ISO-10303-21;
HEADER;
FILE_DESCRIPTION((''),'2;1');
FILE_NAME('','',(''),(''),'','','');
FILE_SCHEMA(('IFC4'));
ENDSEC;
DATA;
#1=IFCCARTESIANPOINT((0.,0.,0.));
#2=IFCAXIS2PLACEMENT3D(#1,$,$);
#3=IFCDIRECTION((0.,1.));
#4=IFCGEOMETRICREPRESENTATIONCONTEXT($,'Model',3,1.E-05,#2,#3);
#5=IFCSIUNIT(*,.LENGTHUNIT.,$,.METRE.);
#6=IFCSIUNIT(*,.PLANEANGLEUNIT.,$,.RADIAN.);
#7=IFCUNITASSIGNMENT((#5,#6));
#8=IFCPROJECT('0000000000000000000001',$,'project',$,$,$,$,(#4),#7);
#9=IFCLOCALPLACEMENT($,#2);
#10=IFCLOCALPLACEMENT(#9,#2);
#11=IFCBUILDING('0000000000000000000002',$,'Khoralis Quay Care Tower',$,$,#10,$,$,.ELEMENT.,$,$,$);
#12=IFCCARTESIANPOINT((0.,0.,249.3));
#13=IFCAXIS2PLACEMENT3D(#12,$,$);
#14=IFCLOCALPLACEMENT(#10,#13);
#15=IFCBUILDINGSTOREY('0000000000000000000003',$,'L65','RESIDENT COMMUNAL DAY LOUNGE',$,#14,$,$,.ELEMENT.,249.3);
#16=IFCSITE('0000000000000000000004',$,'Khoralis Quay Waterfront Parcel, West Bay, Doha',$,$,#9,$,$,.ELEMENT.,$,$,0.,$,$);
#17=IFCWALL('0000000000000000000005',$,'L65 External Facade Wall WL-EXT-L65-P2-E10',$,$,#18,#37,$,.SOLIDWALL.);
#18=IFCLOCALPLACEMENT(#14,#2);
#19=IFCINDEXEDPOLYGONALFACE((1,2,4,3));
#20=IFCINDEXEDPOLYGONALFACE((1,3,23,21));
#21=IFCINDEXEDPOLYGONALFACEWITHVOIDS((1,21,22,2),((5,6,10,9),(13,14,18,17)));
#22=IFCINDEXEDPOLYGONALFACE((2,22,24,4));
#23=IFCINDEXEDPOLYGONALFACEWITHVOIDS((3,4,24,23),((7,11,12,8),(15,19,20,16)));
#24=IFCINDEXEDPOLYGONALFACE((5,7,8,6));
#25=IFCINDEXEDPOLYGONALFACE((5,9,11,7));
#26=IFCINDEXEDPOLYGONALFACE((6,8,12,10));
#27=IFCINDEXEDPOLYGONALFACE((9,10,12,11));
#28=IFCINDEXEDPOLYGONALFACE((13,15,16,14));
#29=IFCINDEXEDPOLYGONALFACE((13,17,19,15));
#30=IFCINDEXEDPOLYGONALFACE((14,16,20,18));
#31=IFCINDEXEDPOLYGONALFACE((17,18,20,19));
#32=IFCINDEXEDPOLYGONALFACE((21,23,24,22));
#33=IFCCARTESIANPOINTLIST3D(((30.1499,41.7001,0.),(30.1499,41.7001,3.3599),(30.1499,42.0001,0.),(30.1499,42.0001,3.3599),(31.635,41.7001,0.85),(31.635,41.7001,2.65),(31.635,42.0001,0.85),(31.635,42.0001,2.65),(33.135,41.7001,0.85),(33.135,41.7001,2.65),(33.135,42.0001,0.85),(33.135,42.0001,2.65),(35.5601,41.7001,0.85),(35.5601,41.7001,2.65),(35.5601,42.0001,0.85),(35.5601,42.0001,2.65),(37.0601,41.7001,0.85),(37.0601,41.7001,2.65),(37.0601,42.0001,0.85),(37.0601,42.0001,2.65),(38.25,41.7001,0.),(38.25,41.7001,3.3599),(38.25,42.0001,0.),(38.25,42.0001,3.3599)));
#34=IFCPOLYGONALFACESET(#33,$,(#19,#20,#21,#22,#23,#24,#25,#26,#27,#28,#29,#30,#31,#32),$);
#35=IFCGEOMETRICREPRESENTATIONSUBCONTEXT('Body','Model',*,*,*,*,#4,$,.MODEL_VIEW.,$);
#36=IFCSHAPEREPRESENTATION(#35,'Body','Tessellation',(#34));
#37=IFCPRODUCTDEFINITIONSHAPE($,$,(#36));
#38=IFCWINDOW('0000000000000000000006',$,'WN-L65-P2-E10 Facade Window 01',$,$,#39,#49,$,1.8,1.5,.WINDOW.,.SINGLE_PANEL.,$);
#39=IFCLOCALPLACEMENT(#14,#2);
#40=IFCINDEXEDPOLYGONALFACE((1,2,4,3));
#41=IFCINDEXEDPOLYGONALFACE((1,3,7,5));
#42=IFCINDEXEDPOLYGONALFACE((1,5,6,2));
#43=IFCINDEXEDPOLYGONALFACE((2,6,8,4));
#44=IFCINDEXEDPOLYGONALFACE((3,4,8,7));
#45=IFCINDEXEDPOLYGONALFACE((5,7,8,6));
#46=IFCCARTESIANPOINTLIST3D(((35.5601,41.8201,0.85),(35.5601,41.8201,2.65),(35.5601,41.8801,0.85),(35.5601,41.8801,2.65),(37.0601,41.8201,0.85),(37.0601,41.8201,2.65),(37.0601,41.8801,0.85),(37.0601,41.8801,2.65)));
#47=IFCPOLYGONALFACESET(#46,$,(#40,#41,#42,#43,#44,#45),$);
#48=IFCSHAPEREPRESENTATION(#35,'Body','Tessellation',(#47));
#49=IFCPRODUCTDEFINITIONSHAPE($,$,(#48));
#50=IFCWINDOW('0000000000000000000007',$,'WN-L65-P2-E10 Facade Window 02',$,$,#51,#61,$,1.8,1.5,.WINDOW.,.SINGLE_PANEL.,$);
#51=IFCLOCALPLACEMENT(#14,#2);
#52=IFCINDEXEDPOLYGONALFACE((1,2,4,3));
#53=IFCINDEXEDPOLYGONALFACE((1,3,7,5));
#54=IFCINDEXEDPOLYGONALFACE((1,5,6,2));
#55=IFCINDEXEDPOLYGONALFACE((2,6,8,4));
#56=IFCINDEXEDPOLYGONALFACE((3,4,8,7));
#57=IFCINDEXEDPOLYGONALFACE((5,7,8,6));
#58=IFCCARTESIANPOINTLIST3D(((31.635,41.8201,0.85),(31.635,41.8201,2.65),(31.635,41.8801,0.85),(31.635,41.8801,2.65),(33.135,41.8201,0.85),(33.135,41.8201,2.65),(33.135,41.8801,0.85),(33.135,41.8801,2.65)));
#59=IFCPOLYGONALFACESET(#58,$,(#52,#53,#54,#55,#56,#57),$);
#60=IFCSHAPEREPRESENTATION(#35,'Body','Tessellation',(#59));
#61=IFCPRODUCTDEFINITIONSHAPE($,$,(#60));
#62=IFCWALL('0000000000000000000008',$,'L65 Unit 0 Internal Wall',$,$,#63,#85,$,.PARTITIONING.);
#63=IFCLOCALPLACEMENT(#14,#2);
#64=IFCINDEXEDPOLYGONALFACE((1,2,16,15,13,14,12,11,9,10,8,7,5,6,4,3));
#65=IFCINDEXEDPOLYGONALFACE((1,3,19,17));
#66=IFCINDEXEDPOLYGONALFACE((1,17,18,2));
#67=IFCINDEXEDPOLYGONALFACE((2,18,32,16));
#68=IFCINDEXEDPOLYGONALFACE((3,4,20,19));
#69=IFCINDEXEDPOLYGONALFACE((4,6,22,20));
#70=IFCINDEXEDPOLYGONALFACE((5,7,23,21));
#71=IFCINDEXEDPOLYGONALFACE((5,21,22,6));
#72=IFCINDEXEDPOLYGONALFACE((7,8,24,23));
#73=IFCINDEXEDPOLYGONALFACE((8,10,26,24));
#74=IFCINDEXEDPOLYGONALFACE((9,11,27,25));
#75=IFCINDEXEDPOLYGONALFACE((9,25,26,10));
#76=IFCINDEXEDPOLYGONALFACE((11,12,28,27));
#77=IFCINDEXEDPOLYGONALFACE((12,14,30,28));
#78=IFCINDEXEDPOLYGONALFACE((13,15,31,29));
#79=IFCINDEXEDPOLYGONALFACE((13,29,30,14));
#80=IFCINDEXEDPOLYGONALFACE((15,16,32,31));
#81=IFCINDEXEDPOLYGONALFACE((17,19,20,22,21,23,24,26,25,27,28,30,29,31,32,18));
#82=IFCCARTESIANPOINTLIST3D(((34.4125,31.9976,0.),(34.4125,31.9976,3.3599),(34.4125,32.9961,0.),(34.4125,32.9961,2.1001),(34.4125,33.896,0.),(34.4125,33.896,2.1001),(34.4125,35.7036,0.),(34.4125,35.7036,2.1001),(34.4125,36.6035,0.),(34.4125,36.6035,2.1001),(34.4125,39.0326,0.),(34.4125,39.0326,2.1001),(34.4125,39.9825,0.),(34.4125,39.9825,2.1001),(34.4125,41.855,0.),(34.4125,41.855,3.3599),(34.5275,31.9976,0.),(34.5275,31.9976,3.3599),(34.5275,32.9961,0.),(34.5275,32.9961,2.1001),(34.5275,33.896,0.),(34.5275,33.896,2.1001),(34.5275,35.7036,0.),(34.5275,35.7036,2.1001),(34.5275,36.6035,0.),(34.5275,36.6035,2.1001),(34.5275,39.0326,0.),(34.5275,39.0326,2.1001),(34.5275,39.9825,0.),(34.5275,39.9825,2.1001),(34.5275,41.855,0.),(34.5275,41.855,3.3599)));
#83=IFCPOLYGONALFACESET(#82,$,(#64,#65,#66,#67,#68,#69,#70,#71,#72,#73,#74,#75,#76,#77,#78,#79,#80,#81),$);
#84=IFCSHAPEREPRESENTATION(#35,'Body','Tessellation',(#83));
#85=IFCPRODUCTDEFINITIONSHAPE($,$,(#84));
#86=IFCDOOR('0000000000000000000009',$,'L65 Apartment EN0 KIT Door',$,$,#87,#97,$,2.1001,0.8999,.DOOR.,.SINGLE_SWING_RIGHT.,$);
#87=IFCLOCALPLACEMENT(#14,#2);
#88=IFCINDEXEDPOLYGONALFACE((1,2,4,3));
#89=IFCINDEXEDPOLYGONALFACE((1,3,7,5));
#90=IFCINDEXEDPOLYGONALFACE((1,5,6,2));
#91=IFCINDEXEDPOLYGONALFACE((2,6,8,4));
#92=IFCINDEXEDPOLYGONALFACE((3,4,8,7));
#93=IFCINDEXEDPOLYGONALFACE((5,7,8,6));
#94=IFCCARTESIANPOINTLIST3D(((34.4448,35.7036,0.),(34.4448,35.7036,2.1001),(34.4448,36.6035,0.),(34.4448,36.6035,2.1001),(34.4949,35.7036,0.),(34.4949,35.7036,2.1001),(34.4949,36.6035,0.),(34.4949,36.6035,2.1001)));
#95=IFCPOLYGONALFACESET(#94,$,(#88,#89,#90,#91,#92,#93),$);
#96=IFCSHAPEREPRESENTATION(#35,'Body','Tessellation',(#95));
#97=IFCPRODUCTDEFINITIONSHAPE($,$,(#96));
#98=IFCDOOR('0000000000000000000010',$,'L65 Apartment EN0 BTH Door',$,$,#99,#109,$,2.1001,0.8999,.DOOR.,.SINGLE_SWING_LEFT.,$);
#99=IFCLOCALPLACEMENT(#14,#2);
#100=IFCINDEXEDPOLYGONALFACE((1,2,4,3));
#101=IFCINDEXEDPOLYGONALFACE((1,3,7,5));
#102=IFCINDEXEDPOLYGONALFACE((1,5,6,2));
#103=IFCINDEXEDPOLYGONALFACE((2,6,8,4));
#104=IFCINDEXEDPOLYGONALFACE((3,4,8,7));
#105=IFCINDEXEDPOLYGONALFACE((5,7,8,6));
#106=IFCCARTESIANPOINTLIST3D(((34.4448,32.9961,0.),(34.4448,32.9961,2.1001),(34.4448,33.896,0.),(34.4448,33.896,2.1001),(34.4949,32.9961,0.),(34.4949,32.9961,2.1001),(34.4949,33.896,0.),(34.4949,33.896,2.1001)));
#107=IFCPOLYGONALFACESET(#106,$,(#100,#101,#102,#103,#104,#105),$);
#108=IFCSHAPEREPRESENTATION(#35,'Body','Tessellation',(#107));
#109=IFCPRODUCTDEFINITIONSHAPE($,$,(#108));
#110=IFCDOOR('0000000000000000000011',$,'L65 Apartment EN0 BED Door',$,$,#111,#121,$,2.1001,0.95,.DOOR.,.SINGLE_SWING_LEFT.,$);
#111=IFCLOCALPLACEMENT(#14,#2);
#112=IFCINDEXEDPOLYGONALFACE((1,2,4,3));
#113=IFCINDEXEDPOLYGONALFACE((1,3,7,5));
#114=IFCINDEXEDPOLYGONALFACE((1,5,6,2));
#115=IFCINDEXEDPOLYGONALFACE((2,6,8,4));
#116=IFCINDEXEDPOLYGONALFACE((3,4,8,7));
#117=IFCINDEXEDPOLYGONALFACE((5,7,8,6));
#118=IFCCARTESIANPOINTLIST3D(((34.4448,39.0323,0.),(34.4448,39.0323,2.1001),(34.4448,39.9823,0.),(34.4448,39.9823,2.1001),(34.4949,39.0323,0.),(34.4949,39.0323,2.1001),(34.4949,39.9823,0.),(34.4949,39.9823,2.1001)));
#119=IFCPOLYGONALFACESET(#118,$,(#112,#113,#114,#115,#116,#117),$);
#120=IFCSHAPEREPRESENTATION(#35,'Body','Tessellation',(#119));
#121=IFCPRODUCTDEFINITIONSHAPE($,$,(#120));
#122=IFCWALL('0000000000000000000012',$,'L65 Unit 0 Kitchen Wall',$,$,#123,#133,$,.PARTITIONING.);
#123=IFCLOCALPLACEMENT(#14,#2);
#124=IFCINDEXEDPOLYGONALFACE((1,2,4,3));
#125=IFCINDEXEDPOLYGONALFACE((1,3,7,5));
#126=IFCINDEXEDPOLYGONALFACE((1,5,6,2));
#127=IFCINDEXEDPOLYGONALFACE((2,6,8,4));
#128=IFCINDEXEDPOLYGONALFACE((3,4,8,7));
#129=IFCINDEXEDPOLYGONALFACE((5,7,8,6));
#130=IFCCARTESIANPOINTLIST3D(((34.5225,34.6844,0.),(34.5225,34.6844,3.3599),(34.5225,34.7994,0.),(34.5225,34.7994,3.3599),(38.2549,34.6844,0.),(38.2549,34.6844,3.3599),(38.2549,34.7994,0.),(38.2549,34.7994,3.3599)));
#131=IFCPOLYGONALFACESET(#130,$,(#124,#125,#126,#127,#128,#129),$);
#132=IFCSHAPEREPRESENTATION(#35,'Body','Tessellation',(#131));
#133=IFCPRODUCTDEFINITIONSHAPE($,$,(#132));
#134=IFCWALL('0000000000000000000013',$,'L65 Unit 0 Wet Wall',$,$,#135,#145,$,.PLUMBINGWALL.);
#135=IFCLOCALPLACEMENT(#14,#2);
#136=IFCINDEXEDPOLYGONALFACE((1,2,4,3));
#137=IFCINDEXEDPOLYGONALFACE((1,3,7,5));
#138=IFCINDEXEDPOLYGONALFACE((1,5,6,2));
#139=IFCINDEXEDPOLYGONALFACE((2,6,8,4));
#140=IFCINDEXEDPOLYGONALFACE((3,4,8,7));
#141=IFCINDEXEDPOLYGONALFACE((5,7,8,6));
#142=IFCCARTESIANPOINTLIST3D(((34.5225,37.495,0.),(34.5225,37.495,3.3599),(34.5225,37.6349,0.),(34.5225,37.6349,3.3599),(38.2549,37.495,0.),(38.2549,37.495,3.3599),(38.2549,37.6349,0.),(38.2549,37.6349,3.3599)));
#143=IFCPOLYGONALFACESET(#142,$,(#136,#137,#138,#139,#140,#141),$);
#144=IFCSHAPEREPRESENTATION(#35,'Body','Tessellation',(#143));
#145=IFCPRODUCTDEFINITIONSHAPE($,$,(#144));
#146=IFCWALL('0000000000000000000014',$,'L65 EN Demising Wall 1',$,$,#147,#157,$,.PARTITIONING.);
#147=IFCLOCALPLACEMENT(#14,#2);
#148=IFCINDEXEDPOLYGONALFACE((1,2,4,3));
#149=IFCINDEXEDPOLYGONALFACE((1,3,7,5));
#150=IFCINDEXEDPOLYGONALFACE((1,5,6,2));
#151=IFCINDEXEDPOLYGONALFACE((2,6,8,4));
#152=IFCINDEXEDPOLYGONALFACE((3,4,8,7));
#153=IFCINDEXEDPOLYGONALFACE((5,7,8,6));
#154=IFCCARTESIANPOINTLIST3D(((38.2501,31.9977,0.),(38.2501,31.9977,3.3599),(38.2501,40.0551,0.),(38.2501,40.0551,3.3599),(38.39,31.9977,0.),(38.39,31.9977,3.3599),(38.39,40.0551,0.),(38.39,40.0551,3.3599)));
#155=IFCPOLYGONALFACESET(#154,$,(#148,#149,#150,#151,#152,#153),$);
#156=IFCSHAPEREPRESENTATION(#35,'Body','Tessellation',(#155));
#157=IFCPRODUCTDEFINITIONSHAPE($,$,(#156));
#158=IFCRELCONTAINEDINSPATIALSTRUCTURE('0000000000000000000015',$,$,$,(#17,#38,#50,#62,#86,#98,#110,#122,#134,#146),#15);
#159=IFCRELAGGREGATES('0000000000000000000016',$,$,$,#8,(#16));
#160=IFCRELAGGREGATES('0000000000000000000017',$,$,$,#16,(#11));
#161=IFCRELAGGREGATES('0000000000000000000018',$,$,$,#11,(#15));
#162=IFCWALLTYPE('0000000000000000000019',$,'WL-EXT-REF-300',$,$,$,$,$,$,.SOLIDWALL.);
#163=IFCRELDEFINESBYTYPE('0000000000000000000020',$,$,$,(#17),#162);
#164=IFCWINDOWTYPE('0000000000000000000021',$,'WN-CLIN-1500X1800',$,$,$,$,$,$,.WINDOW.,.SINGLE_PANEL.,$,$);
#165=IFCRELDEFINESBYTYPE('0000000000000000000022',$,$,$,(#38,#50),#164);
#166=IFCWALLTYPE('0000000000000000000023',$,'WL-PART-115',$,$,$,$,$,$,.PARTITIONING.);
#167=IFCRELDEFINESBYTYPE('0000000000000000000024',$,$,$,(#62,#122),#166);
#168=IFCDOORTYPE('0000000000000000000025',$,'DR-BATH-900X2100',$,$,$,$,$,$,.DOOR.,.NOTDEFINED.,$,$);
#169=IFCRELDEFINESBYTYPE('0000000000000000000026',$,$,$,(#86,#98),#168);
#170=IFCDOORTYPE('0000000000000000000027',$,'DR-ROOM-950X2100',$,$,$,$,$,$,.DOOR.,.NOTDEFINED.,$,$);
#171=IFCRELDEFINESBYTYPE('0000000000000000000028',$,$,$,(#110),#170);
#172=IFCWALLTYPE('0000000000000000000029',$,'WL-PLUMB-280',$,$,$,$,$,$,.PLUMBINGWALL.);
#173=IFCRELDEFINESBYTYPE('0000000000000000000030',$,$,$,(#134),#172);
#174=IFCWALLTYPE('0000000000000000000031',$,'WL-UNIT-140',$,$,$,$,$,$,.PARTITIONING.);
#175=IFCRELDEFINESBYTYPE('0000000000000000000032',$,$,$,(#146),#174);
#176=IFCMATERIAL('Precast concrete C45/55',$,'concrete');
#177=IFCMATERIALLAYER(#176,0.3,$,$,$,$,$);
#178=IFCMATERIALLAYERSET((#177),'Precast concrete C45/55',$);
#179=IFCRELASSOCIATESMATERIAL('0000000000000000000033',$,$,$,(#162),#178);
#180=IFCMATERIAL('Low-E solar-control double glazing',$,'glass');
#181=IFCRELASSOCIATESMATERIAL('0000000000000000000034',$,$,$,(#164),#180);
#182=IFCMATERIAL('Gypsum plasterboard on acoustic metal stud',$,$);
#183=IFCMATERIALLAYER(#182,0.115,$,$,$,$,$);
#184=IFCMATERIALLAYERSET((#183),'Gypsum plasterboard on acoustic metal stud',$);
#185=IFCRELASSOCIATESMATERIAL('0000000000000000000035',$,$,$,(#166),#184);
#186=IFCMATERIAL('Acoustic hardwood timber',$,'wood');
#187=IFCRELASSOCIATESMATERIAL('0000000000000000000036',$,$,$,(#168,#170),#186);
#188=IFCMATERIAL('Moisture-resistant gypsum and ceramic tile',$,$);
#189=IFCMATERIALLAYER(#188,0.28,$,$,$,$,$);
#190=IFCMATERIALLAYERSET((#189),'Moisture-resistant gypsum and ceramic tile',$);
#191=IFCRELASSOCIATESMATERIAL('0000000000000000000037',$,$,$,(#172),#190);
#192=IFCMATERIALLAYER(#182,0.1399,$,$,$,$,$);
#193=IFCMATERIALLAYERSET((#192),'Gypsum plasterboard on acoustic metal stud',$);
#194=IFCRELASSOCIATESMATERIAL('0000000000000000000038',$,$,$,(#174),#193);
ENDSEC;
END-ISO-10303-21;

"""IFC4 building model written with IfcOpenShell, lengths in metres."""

from ifc_helpers import new_model, si_unit, direction, frame, frame_2d, origin, place, context, subcontext, project, spatial, rectangle, extrude, source, transform, mapped, material, layer, layer_set, type_object, element, fill, save


model = new_model("IFC4")

# Units and contexts
model_context = context("Model", 3, precision=1e-05, world=origin(), true_north=direction((0.0, 1.0)))
body_context = subcontext(model_context, "Body", "Model", "MODEL_VIEW")
ifc_project = project(units=[si_unit("LENGTHUNIT", "METRE"), si_unit("PLANEANGLEUNIT", "RADIAN")], contexts=[model_context])

# Site, building, storey
site_placement = place(None, origin())
site = spatial("IfcSite", under=ifc_project, at=site_placement, Name="Khoralis Quay Waterfront Parcel, West Bay, Doha", CompositionType="ELEMENT", RefElevation=0.0)
building_placement = place(site_placement, origin())
building = spatial("IfcBuilding", under=site, at=building_placement, Name="Khoralis Quay Care Tower", CompositionType="ELEMENT")
storey_placement = place(building_placement, frame((0.0, 0.0, 249.3)))
storey = spatial("IfcBuildingStorey", under=building, at=storey_placement, Name="L65", Description="RESIDENT COMMUNAL DAY LOUNGE", CompositionType="ELEMENT", Elevation=249.3)

# Shared definitions
ifc_material_1 = material(Name="Precast concrete C45/55", Category="concrete")
ifc_layer_1 = layer(ifc_material_1, 0.3)
ifc_layer_set_1 = layer_set([ifc_layer_1], Name="Precast concrete C45/55")
wall_type_1 = type_object("IfcWallType", Name="WL-EXT-REF-300", PredefinedType="SOLIDWALL", material=ifc_layer_set_1)

# Wall, openings, windows
wall_1_placement = place(storey_placement, frame((38.25, 41.8501, 0.0), z_axis=(0.0, 0.0, 1.0), x_axis=(-1.0, 0.0, 0.0)))
wall_1 = element("IfcWall", 1, at=wall_1_placement, inside=storey, type_object=wall_type_1, Name="L65 External Facade Wall WL-EXT-L65-P2-E10", PredefinedType="SOLIDWALL", context=body_context, shape_type="SweptSolid", body=[
    extrude(rectangle(XDim=8.1001, YDim=0.3, at=frame_2d((4.05, 0.0))), origin(), (0.0, 0.0, 1.0), 3.3599),
])
opening_1_placement = place(wall_1_placement, frame((1.1899, 0.0, 0.8501)))
opening_1 = element("IfcOpeningElement", 2, at=opening_1_placement, cuts=wall_1, PredefinedType="OPENING", context=body_context, shape_type="SweptSolid", body=[
    extrude(rectangle(XDim=1.5, YDim=1.8, at=frame_2d((0.75, 0.8999))), frame((0.0, 0.1602, 0.0), z_axis=(0.0, -1.0, 0.0), x_axis=(1.0, 0.0, 0.0)), (0.0, 0.0, 1.0), 0.3201),
])
opening_2_placement = place(wall_1_placement, frame((5.115, 0.0, 0.8501)))
opening_2 = element("IfcOpeningElement", 3, at=opening_2_placement, cuts=wall_1, PredefinedType="OPENING", context=body_context, shape_type="SweptSolid", body=[
    extrude(rectangle(XDim=1.5, YDim=1.8, at=frame_2d((0.75, 0.8999))), frame((0.0, 0.1602, 0.0), z_axis=(0.0, -1.0, 0.0), x_axis=(1.0, 0.0, 0.0)), (0.0, 0.0, 1.0), 0.3201),
])
ifc_material_2 = material(Name="Low-E solar-control double glazing", Category="glass")
window_type = type_object("IfcWindowType", Name="WN-CLIN-1500X1800", PartitioningType="SINGLE_PANEL", PredefinedType="WINDOW", material=ifc_material_2)
shared_shape_1 = source(origin(), body_context, "Body", "SweptSolid", [
    extrude(rectangle(XDim=1.5, YDim=1.8, at=frame_2d((0.75, 0.8999))), frame((0.0, 0.03, 0.0), z_axis=(0.0, -1.0, 0.0), x_axis=(1.0, 0.0, 0.0)), (0.0, 0.0, 1.0), 0.0601),
])
window_1_placement = place(opening_1_placement, origin())
window_1 = element("IfcWindow", 4, at=window_1_placement, inside=storey, type_object=window_type, Name="WN-L65-P2-E10 Facade Window 01", OverallHeight=1.8, OverallWidth=1.5, PartitioningType="SINGLE_PANEL", PredefinedType="WINDOW", context=body_context, shape_type="MappedRepresentation", body=[
    mapped(shared_shape_1, transform((0.0, 0.0, 0.0), scale=1.0)),
])
fill(opening_1, window_1)
window_2_placement = place(opening_2_placement, origin())
window_2 = element("IfcWindow", 5, at=window_2_placement, inside=storey, type_object=window_type, Name="WN-L65-P2-E10 Facade Window 02", OverallHeight=1.8, OverallWidth=1.5, PartitioningType="SINGLE_PANEL", PredefinedType="WINDOW", context=body_context, shape_type="MappedRepresentation", body=[
    mapped(shared_shape_1, transform((0.0, 0.0, 0.0), scale=1.0)),
])
fill(opening_2, window_2)

# Wall, openings, doors
ifc_material_3 = material(Name="Gypsum plasterboard on acoustic metal stud")
ifc_layer_2 = layer(ifc_material_3, 0.115)
ifc_layer_set_2 = layer_set([ifc_layer_2], Name="Gypsum plasterboard on acoustic metal stud")
wall_type_2 = type_object("IfcWallType", Name="WL-PART-115", PredefinedType="PARTITIONING", material=ifc_layer_set_2)
wall_2_placement = place(storey_placement, frame((34.47, 31.9976, 0.0), z_axis=(0.0, 0.0, 1.0), x_axis=(0.0, 1.0, 0.0)))
wall_2 = element("IfcWall", 6, at=wall_2_placement, inside=storey, type_object=wall_type_2, Name="L65 Unit 0 Internal Wall", PredefinedType="PARTITIONING", context=body_context, shape_type="SweptSolid", body=[
    extrude(rectangle(XDim=9.8574, YDim=0.115, at=frame_2d((4.9287, 0.0))), origin(), (0.0, 0.0, 1.0), 3.3599),
])
opening_3_placement = place(wall_2_placement, frame((7.0349, 0.0, 0.0)))
opening_3 = element("IfcOpeningElement", 7, at=opening_3_placement, cuts=wall_2, PredefinedType="OPENING", context=body_context, shape_type="SweptSolid", body=[
    extrude(rectangle(XDim=0.95, YDim=2.1001, at=frame_2d((0.4751, 1.05))), frame((0.0, 0.0674, 0.0), z_axis=(0.0, -1.0, 0.0), x_axis=(1.0, 0.0, 0.0)), (0.0, 0.0, 1.0), 0.135),
])
opening_4_placement = place(wall_2_placement, frame((3.7061, 0.0, 0.0)))
opening_4 = element("IfcOpeningElement", 8, at=opening_4_placement, cuts=wall_2, PredefinedType="OPENING", context=body_context, shape_type="SweptSolid", body=[
    extrude(rectangle(XDim=0.8999, YDim=2.1001, at=frame_2d((0.45, 1.05))), frame((0.0, 0.0674, 0.0), z_axis=(0.0, -1.0, 0.0), x_axis=(1.0, 0.0, 0.0)), (0.0, 0.0, 1.0), 0.135),
])
opening_5_placement = place(wall_2_placement, frame((0.9985, 0.0, 0.0)))
opening_5 = element("IfcOpeningElement", 9, at=opening_5_placement, cuts=wall_2, PredefinedType="OPENING", context=body_context, shape_type="SweptSolid", body=[
    extrude(rectangle(XDim=0.8999, YDim=2.1001, at=frame_2d((0.45, 1.05))), frame((0.0, 0.0674, 0.0), z_axis=(0.0, -1.0, 0.0), x_axis=(1.0, 0.0, 0.0)), (0.0, 0.0, 1.0), 0.135),
])
ifc_material_4 = material(Name="Acoustic hardwood timber", Category="wood")
door_type_1 = type_object("IfcDoorType", Name="DR-BATH-900X2100", OperationType="NOTDEFINED", PredefinedType="DOOR", material=ifc_material_4)
shared_shape_2 = source(origin(), body_context, "Body", "SweptSolid", [
    extrude(rectangle(XDim=0.8999, YDim=2.1001, at=frame_2d((0.45, 1.05))), frame((0.0, 0.0249, 0.0), z_axis=(0.0, -1.0, 0.0), x_axis=(1.0, 0.0, 0.0)), (0.0, 0.0, 1.0), 0.05),
])
door_1_placement = place(opening_4_placement, frame((0.8999, 0.0, 0.0), z_axis=(0.0, 0.0, 1.0), x_axis=(-1.0, 0.0, 0.0)))
door_1 = element("IfcDoor", 10, at=door_1_placement, inside=storey, type_object=door_type_1, Name="L65 Apartment EN0 KIT Door", OperationType="SINGLE_SWING_RIGHT", OverallHeight=2.1001, OverallWidth=0.8999, PredefinedType="DOOR", context=body_context, shape_type="MappedRepresentation", body=[
    mapped(shared_shape_2, transform((0.0, 0.0, 0.0), scale=1.0)),
])
fill(opening_4, door_1)
door_2_placement = place(opening_5_placement, frame((0.8999, 0.0, 0.0), z_axis=(0.0, 0.0, 1.0), x_axis=(-1.0, 0.0, 0.0)))
door_2 = element("IfcDoor", 11, at=door_2_placement, inside=storey, type_object=door_type_1, Name="L65 Apartment EN0 BTH Door", OperationType="SINGLE_SWING_LEFT", OverallHeight=2.1001, OverallWidth=0.8999, PredefinedType="DOOR", context=body_context, shape_type="MappedRepresentation", body=[
    mapped(shared_shape_2, transform((0.0, 0.0, 0.0), scale=1.0)),
])
fill(opening_5, door_2)
door_type_2 = type_object("IfcDoorType", Name="DR-ROOM-950X2100", OperationType="NOTDEFINED", PredefinedType="DOOR", material=ifc_material_4)
shared_shape_3 = source(origin(), body_context, "Body", "SweptSolid", [
    extrude(rectangle(XDim=0.95, YDim=2.1001, at=frame_2d((0.4751, 1.05))), frame((0.0, 0.0249, 0.0), z_axis=(0.0, -1.0, 0.0), x_axis=(1.0, 0.0, 0.0)), (0.0, 0.0, 1.0), 0.05),
])
door_3_placement = place(opening_3_placement, frame((0.95, 0.0, 0.0), z_axis=(0.0, 0.0, 1.0), x_axis=(-1.0, 0.0, 0.0)))
door_3 = element("IfcDoor", 12, at=door_3_placement, inside=storey, type_object=door_type_2, Name="L65 Apartment EN0 BED Door", OperationType="SINGLE_SWING_LEFT", OverallHeight=2.1001, OverallWidth=0.95, PredefinedType="DOOR", context=body_context, shape_type="MappedRepresentation", body=[
    mapped(shared_shape_3, transform((0.0, 0.0, 0.0), scale=1.0)),
])
fill(opening_3, door_3)

# Walls
wall_3_placement = place(storey_placement, frame((34.5225, 34.7419, 0.0), z_axis=(0.0, 0.0, 1.0), x_axis=(1.0, 0.0, 0.0)))
element("IfcWall", 13, at=wall_3_placement, inside=storey, type_object=wall_type_2, Name="L65 Unit 0 Kitchen Wall", PredefinedType="PARTITIONING", context=body_context, shape_type="SweptSolid", body=[
    extrude(rectangle(XDim=3.7324, YDim=0.115, at=frame_2d((1.8662, 0.0))), origin(), (0.0, 0.0, 1.0), 3.3599),
])
ifc_material_5 = material(Name="Moisture-resistant gypsum and ceramic tile")
ifc_layer_3 = layer(ifc_material_5, 0.28)
ifc_layer_set_3 = layer_set([ifc_layer_3], Name="Moisture-resistant gypsum and ceramic tile")
wall_type_3 = type_object("IfcWallType", Name="WL-PLUMB-280", PredefinedType="PLUMBINGWALL", material=ifc_layer_set_3)
wall_4_placement = place(storey_placement, frame((34.5225, 37.5649, 0.0), z_axis=(0.0, 0.0, 1.0), x_axis=(1.0, 0.0, 0.0)))
element("IfcWall", 14, at=wall_4_placement, inside=storey, type_object=wall_type_3, Name="L65 Unit 0 Wet Wall", PredefinedType="PLUMBINGWALL", context=body_context, shape_type="SweptSolid", body=[
    extrude(rectangle(XDim=3.7324, YDim=0.1399, at=frame_2d((1.8662, 0.0))), origin(), (0.0, 0.0, 1.0), 3.3599),
])
ifc_layer_4 = layer(ifc_material_3, 0.1399)
ifc_layer_set_4 = layer_set([ifc_layer_4], Name="Gypsum plasterboard on acoustic metal stud")
wall_type_4 = type_object("IfcWallType", Name="WL-UNIT-140", PredefinedType="PARTITIONING", material=ifc_layer_set_4)
wall_5_placement = place(storey_placement, frame((38.3201, 31.9976, 0.0), z_axis=(0.0, 0.0, 1.0), x_axis=(0.0, 1.0, 0.0)))
element("IfcWall", 15, at=wall_5_placement, inside=storey, type_object=wall_type_4, Name="L65 EN Demising Wall 1", PredefinedType="PARTITIONING", context=body_context, shape_type="SweptSolid", body=[
    extrude(rectangle(XDim=8.0574, YDim=0.1399, at=frame_2d((4.0288, 0.0))), origin(), (0.0, 0.0, 1.0), 3.3599),
])

save(model, "model.ifc")
